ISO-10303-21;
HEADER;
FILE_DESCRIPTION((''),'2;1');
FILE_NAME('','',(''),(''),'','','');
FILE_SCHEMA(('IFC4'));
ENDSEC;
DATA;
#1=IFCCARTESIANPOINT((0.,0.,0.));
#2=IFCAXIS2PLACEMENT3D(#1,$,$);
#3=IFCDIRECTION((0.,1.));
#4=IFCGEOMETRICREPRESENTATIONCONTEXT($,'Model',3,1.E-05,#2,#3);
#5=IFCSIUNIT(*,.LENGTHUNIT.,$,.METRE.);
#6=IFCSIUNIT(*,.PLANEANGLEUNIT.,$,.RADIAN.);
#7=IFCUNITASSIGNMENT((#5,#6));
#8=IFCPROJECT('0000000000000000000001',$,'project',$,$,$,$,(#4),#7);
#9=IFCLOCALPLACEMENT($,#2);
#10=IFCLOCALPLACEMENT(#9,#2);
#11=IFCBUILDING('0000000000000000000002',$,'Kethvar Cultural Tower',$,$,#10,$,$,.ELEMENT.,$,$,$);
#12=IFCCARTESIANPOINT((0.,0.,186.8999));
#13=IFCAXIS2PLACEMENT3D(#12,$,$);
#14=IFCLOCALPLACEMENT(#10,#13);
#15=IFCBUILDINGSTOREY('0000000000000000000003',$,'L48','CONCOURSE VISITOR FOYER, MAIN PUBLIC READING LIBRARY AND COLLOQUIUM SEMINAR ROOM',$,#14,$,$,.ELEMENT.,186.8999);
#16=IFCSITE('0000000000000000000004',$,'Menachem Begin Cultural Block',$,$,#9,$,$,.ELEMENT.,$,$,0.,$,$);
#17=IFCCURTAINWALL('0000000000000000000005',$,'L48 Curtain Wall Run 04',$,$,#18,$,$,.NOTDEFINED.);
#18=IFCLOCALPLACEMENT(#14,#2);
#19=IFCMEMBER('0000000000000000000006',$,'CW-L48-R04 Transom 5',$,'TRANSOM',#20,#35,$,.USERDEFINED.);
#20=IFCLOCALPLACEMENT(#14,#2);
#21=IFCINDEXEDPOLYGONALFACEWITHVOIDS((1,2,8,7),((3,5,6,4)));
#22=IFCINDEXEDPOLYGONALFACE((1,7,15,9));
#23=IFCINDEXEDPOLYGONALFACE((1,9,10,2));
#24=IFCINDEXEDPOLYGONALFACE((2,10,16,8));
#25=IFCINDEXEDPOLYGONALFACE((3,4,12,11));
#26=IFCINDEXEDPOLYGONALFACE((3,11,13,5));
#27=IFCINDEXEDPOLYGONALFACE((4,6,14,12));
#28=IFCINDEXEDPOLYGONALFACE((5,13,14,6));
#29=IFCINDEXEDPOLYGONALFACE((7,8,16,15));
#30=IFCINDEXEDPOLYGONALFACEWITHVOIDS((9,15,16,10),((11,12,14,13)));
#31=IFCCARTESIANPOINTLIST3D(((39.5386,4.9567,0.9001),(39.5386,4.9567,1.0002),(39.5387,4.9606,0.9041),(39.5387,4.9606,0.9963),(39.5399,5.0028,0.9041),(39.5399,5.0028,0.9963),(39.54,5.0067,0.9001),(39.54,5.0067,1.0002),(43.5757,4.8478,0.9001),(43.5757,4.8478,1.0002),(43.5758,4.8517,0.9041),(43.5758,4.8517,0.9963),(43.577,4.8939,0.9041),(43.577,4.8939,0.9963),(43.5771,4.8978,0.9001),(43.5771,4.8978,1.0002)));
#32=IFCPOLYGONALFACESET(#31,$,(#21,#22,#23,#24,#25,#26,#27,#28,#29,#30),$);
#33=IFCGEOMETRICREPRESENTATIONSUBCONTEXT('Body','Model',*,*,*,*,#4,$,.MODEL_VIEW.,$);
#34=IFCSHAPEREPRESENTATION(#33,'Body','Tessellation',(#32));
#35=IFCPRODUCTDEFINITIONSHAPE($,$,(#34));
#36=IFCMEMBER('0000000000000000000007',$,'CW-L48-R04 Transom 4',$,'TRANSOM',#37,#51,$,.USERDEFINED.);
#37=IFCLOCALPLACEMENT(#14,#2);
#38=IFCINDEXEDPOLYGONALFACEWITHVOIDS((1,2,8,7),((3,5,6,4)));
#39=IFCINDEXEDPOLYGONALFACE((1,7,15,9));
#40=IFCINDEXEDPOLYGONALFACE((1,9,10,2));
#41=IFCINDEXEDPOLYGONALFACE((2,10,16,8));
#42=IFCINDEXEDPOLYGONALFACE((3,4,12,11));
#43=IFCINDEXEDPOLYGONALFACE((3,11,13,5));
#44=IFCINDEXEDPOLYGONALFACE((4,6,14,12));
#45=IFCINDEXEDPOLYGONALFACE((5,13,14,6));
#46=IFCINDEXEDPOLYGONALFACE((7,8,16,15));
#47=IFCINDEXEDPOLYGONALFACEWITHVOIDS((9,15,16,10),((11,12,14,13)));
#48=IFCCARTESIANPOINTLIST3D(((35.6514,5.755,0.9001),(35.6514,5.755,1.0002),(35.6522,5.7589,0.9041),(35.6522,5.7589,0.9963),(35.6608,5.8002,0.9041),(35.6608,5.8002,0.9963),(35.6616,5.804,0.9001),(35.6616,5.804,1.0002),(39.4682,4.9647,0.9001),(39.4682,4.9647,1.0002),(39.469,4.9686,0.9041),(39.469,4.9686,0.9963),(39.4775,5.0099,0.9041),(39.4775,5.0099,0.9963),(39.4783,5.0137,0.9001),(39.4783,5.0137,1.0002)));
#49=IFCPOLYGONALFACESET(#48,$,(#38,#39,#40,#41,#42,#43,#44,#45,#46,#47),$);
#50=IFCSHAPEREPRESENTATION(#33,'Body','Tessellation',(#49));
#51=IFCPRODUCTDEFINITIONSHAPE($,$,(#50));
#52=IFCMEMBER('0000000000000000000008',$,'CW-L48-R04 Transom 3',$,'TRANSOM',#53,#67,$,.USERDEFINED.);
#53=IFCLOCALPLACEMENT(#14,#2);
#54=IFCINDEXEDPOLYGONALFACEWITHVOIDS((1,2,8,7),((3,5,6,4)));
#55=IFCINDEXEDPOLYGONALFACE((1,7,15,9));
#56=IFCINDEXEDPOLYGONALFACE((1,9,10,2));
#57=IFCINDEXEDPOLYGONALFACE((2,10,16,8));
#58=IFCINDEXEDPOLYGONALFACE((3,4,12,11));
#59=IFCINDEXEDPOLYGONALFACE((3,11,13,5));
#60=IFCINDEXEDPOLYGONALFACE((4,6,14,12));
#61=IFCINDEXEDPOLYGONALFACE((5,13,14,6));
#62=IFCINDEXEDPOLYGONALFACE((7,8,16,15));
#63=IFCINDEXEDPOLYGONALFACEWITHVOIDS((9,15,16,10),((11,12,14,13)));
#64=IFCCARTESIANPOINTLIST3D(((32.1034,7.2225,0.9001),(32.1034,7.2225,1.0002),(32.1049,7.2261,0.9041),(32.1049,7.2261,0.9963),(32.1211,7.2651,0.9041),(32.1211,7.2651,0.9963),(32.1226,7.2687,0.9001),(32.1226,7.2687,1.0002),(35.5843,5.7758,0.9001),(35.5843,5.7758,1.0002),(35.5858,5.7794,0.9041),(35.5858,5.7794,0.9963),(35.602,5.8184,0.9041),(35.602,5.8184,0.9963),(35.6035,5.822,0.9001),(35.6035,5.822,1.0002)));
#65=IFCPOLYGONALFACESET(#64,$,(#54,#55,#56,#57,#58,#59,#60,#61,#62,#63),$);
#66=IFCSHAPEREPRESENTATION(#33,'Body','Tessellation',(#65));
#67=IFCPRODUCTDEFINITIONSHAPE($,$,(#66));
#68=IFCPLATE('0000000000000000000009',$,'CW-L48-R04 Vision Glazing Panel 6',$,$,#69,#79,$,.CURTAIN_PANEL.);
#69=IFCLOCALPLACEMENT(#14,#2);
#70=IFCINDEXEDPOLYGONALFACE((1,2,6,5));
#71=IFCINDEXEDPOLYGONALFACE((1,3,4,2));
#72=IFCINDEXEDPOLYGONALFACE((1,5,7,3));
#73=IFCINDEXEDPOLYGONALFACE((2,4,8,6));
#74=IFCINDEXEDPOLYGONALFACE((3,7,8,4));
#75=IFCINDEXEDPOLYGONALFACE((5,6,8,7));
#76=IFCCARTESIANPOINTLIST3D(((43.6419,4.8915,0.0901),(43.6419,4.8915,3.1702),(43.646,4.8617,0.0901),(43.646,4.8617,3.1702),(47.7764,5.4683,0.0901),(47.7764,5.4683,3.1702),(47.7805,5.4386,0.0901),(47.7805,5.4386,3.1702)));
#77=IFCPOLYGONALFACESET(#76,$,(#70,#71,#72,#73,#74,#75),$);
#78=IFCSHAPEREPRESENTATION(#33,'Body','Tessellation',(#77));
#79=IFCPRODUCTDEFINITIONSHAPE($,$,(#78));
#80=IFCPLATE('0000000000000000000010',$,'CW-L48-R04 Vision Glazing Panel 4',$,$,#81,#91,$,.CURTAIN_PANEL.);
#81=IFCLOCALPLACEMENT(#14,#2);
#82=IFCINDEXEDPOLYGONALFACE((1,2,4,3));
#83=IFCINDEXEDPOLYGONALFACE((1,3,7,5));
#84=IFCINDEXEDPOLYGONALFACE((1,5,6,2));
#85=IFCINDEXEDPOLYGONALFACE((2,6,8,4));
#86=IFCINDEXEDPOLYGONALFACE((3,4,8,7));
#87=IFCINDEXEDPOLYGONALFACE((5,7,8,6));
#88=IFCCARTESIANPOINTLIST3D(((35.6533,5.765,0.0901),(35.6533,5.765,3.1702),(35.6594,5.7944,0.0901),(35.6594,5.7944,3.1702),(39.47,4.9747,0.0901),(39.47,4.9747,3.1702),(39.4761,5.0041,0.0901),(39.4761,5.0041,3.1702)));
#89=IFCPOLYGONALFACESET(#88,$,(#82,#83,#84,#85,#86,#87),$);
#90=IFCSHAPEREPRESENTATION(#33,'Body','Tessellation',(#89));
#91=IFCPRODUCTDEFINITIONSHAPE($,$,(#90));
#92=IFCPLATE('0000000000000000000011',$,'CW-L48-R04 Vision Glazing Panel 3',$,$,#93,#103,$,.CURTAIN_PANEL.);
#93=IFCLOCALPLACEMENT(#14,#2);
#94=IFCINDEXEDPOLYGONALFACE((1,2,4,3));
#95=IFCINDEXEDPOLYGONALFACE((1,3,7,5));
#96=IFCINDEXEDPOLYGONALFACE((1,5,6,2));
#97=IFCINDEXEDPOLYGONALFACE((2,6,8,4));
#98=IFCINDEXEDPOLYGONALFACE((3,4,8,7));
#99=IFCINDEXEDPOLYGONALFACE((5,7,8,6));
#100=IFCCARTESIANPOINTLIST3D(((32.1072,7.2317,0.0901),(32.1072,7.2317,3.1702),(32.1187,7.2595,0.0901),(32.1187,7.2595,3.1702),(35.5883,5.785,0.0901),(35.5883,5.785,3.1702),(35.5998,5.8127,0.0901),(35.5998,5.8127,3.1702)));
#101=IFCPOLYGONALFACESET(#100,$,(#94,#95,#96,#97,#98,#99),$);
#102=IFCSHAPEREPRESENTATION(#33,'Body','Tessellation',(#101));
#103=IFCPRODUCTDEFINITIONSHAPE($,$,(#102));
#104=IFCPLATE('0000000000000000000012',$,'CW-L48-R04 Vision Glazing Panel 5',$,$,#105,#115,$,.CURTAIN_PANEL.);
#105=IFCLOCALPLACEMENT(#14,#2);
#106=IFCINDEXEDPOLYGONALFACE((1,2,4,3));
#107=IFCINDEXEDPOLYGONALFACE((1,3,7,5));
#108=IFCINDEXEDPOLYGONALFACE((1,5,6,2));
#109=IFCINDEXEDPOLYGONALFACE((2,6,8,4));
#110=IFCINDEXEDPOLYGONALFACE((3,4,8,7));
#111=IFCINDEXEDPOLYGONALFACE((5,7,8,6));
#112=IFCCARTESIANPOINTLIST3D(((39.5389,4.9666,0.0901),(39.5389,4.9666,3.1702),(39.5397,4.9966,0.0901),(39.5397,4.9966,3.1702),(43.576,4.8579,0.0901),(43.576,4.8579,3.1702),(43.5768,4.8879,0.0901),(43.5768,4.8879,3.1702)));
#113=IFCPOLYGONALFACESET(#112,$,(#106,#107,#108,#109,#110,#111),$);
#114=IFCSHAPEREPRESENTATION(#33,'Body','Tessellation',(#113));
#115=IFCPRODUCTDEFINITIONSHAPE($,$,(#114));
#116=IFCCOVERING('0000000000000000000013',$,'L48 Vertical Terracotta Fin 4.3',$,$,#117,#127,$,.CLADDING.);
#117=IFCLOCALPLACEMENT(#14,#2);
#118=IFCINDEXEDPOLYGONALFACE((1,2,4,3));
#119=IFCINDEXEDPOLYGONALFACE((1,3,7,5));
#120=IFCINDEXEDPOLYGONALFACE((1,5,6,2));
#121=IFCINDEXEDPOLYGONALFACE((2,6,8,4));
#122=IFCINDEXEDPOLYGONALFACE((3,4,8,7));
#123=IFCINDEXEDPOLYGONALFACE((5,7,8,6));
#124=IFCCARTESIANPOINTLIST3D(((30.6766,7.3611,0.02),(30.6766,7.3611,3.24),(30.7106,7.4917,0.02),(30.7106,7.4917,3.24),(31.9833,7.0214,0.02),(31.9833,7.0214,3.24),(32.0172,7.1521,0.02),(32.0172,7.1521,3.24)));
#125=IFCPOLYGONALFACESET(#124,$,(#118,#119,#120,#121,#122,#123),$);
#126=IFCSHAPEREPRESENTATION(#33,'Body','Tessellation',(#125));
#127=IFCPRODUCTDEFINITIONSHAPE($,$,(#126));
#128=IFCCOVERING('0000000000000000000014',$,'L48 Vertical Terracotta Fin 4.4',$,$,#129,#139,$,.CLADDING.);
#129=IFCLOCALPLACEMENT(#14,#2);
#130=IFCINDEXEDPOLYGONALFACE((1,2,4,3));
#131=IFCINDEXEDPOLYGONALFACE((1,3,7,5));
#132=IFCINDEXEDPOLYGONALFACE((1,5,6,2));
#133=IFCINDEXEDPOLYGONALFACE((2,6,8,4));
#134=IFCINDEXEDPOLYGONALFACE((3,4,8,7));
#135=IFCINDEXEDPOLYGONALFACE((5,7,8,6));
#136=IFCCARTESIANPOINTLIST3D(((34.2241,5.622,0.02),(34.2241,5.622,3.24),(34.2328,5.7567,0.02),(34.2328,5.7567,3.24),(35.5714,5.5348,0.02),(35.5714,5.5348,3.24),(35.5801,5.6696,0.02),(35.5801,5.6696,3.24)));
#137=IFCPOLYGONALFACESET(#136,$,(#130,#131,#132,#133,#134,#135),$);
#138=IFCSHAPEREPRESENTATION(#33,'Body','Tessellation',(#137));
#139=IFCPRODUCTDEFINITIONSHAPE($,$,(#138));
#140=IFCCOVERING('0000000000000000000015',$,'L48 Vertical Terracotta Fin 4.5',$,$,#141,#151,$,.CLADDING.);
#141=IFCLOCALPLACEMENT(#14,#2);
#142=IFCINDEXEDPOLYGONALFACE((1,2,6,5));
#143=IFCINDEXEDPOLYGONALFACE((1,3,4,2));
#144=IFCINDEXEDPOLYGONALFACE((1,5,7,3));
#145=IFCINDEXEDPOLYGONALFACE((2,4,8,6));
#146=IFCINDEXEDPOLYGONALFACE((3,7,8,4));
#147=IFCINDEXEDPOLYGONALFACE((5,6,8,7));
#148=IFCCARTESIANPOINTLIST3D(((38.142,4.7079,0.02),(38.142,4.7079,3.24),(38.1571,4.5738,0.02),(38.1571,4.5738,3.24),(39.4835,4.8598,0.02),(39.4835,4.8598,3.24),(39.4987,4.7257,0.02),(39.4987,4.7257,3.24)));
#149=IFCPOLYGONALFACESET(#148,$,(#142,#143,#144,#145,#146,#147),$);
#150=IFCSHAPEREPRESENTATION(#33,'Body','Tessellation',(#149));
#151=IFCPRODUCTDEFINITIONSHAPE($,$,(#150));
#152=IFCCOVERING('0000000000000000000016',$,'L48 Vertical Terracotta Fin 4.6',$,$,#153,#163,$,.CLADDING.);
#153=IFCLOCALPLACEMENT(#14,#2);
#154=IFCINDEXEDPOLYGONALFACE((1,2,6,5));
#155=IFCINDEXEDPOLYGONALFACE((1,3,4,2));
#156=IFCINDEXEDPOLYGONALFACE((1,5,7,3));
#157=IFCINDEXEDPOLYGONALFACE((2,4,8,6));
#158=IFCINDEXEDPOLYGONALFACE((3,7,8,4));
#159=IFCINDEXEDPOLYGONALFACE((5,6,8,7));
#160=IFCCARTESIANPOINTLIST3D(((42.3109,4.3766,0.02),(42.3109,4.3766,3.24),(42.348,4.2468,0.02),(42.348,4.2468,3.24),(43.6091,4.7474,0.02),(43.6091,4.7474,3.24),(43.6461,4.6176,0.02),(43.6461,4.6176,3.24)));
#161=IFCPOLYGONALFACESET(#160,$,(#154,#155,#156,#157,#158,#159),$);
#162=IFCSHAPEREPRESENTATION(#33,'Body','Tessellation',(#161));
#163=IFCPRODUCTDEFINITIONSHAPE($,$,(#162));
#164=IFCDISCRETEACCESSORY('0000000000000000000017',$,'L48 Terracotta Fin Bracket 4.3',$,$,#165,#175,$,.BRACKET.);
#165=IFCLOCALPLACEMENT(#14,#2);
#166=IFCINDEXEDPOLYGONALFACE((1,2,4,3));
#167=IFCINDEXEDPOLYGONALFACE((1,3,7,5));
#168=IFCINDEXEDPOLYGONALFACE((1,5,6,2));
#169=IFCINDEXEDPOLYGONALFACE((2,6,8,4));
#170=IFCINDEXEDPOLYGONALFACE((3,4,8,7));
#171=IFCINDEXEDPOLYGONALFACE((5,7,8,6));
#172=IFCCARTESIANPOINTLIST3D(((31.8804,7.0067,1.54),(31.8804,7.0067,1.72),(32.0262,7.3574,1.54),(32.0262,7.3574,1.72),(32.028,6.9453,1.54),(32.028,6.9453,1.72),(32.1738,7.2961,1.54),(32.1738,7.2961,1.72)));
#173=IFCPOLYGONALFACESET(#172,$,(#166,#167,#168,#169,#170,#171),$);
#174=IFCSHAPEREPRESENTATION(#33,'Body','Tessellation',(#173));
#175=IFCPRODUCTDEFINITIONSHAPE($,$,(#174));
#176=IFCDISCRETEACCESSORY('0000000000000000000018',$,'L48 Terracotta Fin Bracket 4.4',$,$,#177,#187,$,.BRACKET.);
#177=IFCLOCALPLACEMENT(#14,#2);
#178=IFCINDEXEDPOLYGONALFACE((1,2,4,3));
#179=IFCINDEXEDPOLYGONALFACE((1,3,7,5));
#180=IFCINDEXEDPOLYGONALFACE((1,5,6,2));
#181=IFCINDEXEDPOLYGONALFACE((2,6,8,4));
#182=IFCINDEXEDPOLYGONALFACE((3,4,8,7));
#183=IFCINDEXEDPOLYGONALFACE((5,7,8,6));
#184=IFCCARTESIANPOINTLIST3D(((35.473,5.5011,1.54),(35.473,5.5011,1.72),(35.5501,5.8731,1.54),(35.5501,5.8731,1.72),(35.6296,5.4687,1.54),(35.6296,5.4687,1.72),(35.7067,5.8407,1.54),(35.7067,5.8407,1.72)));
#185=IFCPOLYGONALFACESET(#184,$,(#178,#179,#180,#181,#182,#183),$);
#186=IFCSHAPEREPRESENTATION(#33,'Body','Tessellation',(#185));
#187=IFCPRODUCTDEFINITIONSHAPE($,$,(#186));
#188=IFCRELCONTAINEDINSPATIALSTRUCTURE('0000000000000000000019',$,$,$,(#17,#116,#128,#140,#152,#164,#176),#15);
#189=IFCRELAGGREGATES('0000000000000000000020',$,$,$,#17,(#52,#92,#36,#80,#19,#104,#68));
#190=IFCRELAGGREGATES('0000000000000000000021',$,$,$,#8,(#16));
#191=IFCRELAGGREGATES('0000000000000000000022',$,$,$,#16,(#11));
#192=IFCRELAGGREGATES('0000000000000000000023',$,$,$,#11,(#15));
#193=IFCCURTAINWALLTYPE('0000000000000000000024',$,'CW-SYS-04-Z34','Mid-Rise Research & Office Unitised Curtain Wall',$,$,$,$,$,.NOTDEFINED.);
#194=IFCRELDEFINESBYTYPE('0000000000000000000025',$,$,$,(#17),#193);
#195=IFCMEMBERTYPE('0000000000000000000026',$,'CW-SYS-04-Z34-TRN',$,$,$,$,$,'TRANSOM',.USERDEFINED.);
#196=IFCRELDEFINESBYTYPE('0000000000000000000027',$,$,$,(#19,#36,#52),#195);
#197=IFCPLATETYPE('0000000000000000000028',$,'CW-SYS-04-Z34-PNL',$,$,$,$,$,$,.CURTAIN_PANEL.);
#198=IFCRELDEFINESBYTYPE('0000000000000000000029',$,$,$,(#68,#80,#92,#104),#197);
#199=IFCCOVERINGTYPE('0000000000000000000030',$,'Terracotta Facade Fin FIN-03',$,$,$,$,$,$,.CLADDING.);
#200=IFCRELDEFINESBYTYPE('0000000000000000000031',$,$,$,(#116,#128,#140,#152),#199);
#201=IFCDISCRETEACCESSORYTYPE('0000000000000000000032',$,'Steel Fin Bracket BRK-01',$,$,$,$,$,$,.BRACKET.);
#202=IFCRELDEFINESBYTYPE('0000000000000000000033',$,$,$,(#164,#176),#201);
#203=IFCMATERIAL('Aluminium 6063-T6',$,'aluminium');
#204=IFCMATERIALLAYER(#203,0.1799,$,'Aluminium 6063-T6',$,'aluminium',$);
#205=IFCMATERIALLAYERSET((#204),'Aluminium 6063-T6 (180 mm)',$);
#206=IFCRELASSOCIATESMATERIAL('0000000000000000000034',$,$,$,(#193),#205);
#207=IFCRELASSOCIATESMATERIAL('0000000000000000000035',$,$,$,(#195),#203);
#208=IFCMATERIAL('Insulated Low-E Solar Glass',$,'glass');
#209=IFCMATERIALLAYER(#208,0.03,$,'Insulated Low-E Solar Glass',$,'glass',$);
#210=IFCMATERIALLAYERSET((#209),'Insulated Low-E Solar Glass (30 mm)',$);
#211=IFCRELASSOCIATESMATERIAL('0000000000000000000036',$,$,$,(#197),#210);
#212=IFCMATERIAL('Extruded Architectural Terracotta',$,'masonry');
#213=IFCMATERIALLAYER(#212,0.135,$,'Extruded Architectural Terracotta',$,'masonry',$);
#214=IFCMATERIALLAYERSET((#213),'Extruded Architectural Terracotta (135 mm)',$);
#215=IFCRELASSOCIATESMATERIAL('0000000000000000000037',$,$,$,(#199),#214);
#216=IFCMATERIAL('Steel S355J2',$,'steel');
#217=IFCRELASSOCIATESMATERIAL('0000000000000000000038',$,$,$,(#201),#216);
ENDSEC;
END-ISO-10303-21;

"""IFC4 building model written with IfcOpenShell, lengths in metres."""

from ifc_helpers import new_model, si_unit, direction, frame, origin, origin_2d, place, context, subcontext, project, spatial, rectangle, hollow_rectangle, extrude, source, transform, mapped, material, layer, layer_set, material_profile, profile_set, type_object, element, aggregate, save


model = new_model("IFC4")

# Units and contexts
model_context = context("Model", 3, precision=1e-05, world=origin(), true_north=direction((0.0, 1.0)))
body_context = subcontext(model_context, "Body", "Model", "MODEL_VIEW")
ifc_project = project(units=[si_unit("LENGTHUNIT", "METRE"), si_unit("PLANEANGLEUNIT", "RADIAN")], contexts=[model_context])

# Site, building, storey
site_placement = place(None, origin())
site = spatial("IfcSite", under=ifc_project, at=site_placement, Name="Menachem Begin Cultural Block", CompositionType="ELEMENT", RefElevation=0.0)
building_placement = place(site_placement, origin())
building = spatial("IfcBuilding", under=site, at=building_placement, Name="Kethvar Cultural Tower", CompositionType="ELEMENT")
storey_placement = place(building_placement, frame((0.0, 0.0, 186.8999)))
storey = spatial("IfcBuildingStorey", under=building, at=storey_placement, Name="L48", Description="CONCOURSE VISITOR FOYER, MAIN PUBLIC READING LIBRARY AND COLLOQUIUM SEMINAR ROOM", CompositionType="ELEMENT", Elevation=186.8999)

# Shared definitions
ifc_material_1 = material(Name="Steel S355J2", Category="steel")

# Curtain wall, members, plates
ifc_material_2 = material(Name="Aluminium 6063-T6", Category="aluminium")
ifc_layer_1 = layer(ifc_material_2, 0.1799, Name="Aluminium 6063-T6", Category="aluminium")
ifc_layer_set_1 = layer_set([ifc_layer_1], Name="Aluminium 6063-T6 (180 mm)")
curtain_wall_type = type_object("IfcCurtainWallType", Name="CW-SYS-04-Z34", Description="Mid-Rise Research & Office Unitised Curtain Wall", PredefinedType="NOTDEFINED", material=ifc_layer_set_1)
curtain_wall_placement = place(storey_placement, origin())
curtain_wall = element("IfcCurtainWall", 1, at=curtain_wall_placement, inside=storey, type_object=curtain_wall_type, Name="L48 Curtain Wall Run 04", PredefinedType="NOTDEFINED")
ifc_material_profile_1 = material_profile(ifc_material_2, hollow_rectangle(XDim=0.05, YDim=0.1001, WallThickness=0.0039, at=origin_2d()), Name="Aluminium 6063-T6 — RHS100x50x4")
ifc_profile_set_1 = profile_set([ifc_material_profile_1], Name="Aluminium 6063-T6 — RHS100x50x4")
member_type_1 = type_object("IfcMemberType", Name="CW-SYS-04-Z34-TRN", ElementType="TRANSOM", PredefinedType="USERDEFINED", material=ifc_profile_set_1)
shared_shape_1 = source(origin(), body_context, "Body", "SweptSolid", [
    extrude(hollow_rectangle(XDim=0.05, YDim=0.1001, WallThickness=0.0039, at=origin_2d()), origin(), (0.0, 0.0, 1.0), 4.0386),
])
member_1_placement = place(storey_placement, frame((39.5393, 4.9817, 0.9502), z_axis=(0.999636, -0.026962, 0.0), x_axis=(0.026962, 0.999636, 0.0)))
member_1 = element("IfcMember", 2, at=member_1_placement, type_object=member_type_1, Name="CW-L48-R04 Transom 5", ObjectType="TRANSOM", PredefinedType="USERDEFINED", context=body_context, shape_type="MappedRepresentation", body=[
    mapped(shared_shape_1, transform((0.0, 0.0, 0.0), scale=1.0)),
])
shared_shape_2 = source(origin(), body_context, "Body", "SweptSolid", [
    extrude(hollow_rectangle(XDim=0.05, YDim=0.1001, WallThickness=0.0039, at=origin_2d()), origin(), (0.0, 0.0, 1.0), 3.8977),
])
member_2_placement = place(storey_placement, frame((35.6565, 5.7795, 0.9502), z_axis=(0.979228, -0.202761, 0.0), x_axis=(0.202761, 0.979228, 0.0)))
member_2 = element("IfcMember", 3, at=member_2_placement, type_object=member_type_1, Name="CW-L48-R04 Transom 4", ObjectType="TRANSOM", PredefinedType="USERDEFINED", context=body_context, shape_type="MappedRepresentation", body=[
    mapped(shared_shape_2, transform((0.0, 0.0, 0.0), scale=1.0)),
])
shared_shape_3 = source(origin(), body_context, "Body", "SweptSolid", [
    extrude(hollow_rectangle(XDim=0.05, YDim=0.1001, WallThickness=0.0039, at=origin_2d()), origin(), (0.0, 0.0, 1.0), 3.7695),
])
member_3_placement = place(storey_placement, frame((32.113, 7.2456, 0.9502), z_axis=(0.923418, -0.383797, 0.0), x_axis=(0.383797, 0.923418, 0.0)))
member_3 = element("IfcMember", 4, at=member_3_placement, type_object=member_type_1, Name="CW-L48-R04 Transom 3", ObjectType="TRANSOM", PredefinedType="USERDEFINED", context=body_context, shape_type="MappedRepresentation", body=[
    mapped(shared_shape_3, transform((0.0, 0.0, 0.0), scale=1.0)),
])
ifc_material_3 = material(Name="Insulated Low-E Solar Glass", Category="glass")
ifc_layer_2 = layer(ifc_material_3, 0.03, Name="Insulated Low-E Solar Glass", Category="glass")
ifc_layer_set_2 = layer_set([ifc_layer_2], Name="Insulated Low-E Solar Glass (30 mm)")
plate_type = type_object("IfcPlateType", Name="CW-SYS-04-Z34-PNL", PredefinedType="CURTAIN_PANEL", material=ifc_layer_set_2)
shared_shape_4 = source(origin(), body_context, "Body", "SweptSolid", [
    extrude(rectangle(XDim=4.1746, YDim=0.03, at=origin_2d()), origin(), (0.0, 0.0, 1.0), 3.0801),
])
plate_1_placement = place(storey_placement, frame((45.7112, 5.165, 0.0901), z_axis=(0.0, 0.0, 1.0), x_axis=(0.990406, 0.138188, 0.0)))
plate_1 = element("IfcPlate", 5, at=plate_1_placement, type_object=plate_type, Name="CW-L48-R04 Vision Glazing Panel 6", PredefinedType="CURTAIN_PANEL", context=body_context, shape_type="MappedRepresentation", body=[
    mapped(shared_shape_4, transform((0.0, 0.0, 0.0), scale=1.0)),
])
shared_shape_5 = source(origin(), body_context, "Body", "SweptSolid", [
    extrude(rectangle(XDim=3.8977, YDim=0.03, at=origin_2d()), origin(), (0.0, 0.0, 1.0), 3.0801),
])
plate_2_placement = place(storey_placement, frame((37.5647, 5.3845, 0.0901), z_axis=(0.0, 0.0, 1.0), x_axis=(0.97923, -0.202753, 0.0)))
plate_2 = element("IfcPlate", 6, at=plate_2_placement, type_object=plate_type, Name="CW-L48-R04 Vision Glazing Panel 4", PredefinedType="CURTAIN_PANEL", context=body_context, shape_type="MappedRepresentation", body=[
    mapped(shared_shape_5, transform((0.0, 0.0, 0.0), scale=1.0)),
])
shared_shape_6 = source(origin(), body_context, "Body", "SweptSolid", [
    extrude(rectangle(XDim=3.7698, YDim=0.03, at=origin_2d()), origin(), (0.0, 0.0, 1.0), 3.0801),
])
plate_3_placement = place(storey_placement, frame((33.8535, 6.5222, 0.0901), z_axis=(0.0, 0.0, 1.0), x_axis=(0.923425, -0.38378, 0.0)))
plate_3 = element("IfcPlate", 7, at=plate_3_placement, type_object=plate_type, Name="CW-L48-R04 Vision Glazing Panel 3", PredefinedType="CURTAIN_PANEL", context=body_context, shape_type="MappedRepresentation", body=[
    mapped(shared_shape_6, transform((0.0, 0.0, 0.0), scale=1.0)),
])
shared_shape_7 = source(origin(), body_context, "Body", "SweptSolid", [
    extrude(rectangle(XDim=4.0386, YDim=0.03, at=origin_2d()), origin(), (0.0, 0.0, 1.0), 3.0801),
])
plate_4_placement = place(storey_placement, frame((41.5579, 4.9272, 0.0901), z_axis=(0.0, 0.0, 1.0), x_axis=(0.999637, -0.026927, 0.0)))
plate_4 = element("IfcPlate", 8, at=plate_4_placement, type_object=plate_type, Name="CW-L48-R04 Vision Glazing Panel 5", PredefinedType="CURTAIN_PANEL", context=body_context, shape_type="MappedRepresentation", body=[
    mapped(shared_shape_7, transform((0.0, 0.0, 0.0), scale=1.0)),
])
aggregate(curtain_wall, [member_3, plate_3, member_2, plate_2, member_1, plate_4, plate_1])

# Coverings
ifc_material_4 = material(Name="Extruded Architectural Terracotta", Category="masonry")
ifc_layer_3 = layer(ifc_material_4, 0.135, Name="Extruded Architectural Terracotta", Category="masonry")
ifc_layer_set_3 = layer_set([ifc_layer_3], Name="Extruded Architectural Terracotta (135 mm)")
covering_type = type_object("IfcCoveringType", Name="Terracotta Facade Fin FIN-03", PredefinedType="CLADDING", material=ifc_layer_set_3)
shared_shape_8 = source(origin(), body_context, "Body", "SweptSolid", [
    extrude(rectangle(XDim=1.3501, YDim=0.135, at=origin_2d()), origin(), (0.0, 0.0, 1.0), 3.22),
])
for number, where, z_axis, x_axis, name in (
    (9, (31.3469, 7.2566, 0.02), (0.0, 0.0, 1.0), (-0.967841, 0.251563, 0.0), "L48 Vertical Terracotta Fin 4.3"),
    (10, (34.9021, 5.6458, 0.02), (0.0, 0.0, 1.0), (-0.997916, 0.064532, 0.0), "L48 Vertical Terracotta Fin 4.4"),
    (11, (38.8203, 4.7168, 0.02), (0.0, 0.0, 1.0), (-0.993651, -0.11251, 0.0), "L48 Vertical Terracotta Fin 4.5"),
    (12, (42.9785, 4.4971, 0.02), (0.0, 0.0, 1.0), (-0.96155, -0.274631, 0.0), "L48 Vertical Terracotta Fin 4.6"),
):
    element("IfcCovering", number, at=place(storey_placement, frame(where, z_axis=z_axis, x_axis=x_axis)), inside=storey, type_object=covering_type, Name=name, PredefinedType="CLADDING", context=body_context, shape_type="MappedRepresentation", body=[
        mapped(shared_shape_8, transform((0.0, 0.0, 0.0), scale=1.0)),
    ])

# Discrete accessories
discrete_accessory_type = type_object("IfcDiscreteAccessoryType", Name="Steel Fin Bracket BRK-01", PredefinedType="BRACKET", material=ifc_material_1)
shared_shape_9 = source(origin(), body_context, "Body", "SweptSolid", [
    extrude(rectangle(XDim=0.3799, YDim=0.1599, at=origin_2d()), origin(), (0.0, 0.0, 1.0), 0.1799),
])
for number, where, z_axis, x_axis, name in (
    (13, (32.0271, 7.1514, 1.54), (0.0, 0.0, 1.0), (-0.383812, -0.923411, 0.0), "L48 Terracotta Fin Bracket 4.3"),
    (14, (35.5898, 5.6709, 1.54), (0.0, 0.0, 1.0), (-0.202787, -0.979223, 0.0), "L48 Terracotta Fin Bracket 4.4"),
):
    element("IfcDiscreteAccessory", number, at=place(storey_placement, frame(where, z_axis=z_axis, x_axis=x_axis)), inside=storey, type_object=discrete_accessory_type, Name=name, PredefinedType="BRACKET", context=body_context, shape_type="MappedRepresentation", body=[
        mapped(shared_shape_9, transform((0.0, 0.0, 0.0), scale=1.0)),
    ])

save(model, "model.ifc")
